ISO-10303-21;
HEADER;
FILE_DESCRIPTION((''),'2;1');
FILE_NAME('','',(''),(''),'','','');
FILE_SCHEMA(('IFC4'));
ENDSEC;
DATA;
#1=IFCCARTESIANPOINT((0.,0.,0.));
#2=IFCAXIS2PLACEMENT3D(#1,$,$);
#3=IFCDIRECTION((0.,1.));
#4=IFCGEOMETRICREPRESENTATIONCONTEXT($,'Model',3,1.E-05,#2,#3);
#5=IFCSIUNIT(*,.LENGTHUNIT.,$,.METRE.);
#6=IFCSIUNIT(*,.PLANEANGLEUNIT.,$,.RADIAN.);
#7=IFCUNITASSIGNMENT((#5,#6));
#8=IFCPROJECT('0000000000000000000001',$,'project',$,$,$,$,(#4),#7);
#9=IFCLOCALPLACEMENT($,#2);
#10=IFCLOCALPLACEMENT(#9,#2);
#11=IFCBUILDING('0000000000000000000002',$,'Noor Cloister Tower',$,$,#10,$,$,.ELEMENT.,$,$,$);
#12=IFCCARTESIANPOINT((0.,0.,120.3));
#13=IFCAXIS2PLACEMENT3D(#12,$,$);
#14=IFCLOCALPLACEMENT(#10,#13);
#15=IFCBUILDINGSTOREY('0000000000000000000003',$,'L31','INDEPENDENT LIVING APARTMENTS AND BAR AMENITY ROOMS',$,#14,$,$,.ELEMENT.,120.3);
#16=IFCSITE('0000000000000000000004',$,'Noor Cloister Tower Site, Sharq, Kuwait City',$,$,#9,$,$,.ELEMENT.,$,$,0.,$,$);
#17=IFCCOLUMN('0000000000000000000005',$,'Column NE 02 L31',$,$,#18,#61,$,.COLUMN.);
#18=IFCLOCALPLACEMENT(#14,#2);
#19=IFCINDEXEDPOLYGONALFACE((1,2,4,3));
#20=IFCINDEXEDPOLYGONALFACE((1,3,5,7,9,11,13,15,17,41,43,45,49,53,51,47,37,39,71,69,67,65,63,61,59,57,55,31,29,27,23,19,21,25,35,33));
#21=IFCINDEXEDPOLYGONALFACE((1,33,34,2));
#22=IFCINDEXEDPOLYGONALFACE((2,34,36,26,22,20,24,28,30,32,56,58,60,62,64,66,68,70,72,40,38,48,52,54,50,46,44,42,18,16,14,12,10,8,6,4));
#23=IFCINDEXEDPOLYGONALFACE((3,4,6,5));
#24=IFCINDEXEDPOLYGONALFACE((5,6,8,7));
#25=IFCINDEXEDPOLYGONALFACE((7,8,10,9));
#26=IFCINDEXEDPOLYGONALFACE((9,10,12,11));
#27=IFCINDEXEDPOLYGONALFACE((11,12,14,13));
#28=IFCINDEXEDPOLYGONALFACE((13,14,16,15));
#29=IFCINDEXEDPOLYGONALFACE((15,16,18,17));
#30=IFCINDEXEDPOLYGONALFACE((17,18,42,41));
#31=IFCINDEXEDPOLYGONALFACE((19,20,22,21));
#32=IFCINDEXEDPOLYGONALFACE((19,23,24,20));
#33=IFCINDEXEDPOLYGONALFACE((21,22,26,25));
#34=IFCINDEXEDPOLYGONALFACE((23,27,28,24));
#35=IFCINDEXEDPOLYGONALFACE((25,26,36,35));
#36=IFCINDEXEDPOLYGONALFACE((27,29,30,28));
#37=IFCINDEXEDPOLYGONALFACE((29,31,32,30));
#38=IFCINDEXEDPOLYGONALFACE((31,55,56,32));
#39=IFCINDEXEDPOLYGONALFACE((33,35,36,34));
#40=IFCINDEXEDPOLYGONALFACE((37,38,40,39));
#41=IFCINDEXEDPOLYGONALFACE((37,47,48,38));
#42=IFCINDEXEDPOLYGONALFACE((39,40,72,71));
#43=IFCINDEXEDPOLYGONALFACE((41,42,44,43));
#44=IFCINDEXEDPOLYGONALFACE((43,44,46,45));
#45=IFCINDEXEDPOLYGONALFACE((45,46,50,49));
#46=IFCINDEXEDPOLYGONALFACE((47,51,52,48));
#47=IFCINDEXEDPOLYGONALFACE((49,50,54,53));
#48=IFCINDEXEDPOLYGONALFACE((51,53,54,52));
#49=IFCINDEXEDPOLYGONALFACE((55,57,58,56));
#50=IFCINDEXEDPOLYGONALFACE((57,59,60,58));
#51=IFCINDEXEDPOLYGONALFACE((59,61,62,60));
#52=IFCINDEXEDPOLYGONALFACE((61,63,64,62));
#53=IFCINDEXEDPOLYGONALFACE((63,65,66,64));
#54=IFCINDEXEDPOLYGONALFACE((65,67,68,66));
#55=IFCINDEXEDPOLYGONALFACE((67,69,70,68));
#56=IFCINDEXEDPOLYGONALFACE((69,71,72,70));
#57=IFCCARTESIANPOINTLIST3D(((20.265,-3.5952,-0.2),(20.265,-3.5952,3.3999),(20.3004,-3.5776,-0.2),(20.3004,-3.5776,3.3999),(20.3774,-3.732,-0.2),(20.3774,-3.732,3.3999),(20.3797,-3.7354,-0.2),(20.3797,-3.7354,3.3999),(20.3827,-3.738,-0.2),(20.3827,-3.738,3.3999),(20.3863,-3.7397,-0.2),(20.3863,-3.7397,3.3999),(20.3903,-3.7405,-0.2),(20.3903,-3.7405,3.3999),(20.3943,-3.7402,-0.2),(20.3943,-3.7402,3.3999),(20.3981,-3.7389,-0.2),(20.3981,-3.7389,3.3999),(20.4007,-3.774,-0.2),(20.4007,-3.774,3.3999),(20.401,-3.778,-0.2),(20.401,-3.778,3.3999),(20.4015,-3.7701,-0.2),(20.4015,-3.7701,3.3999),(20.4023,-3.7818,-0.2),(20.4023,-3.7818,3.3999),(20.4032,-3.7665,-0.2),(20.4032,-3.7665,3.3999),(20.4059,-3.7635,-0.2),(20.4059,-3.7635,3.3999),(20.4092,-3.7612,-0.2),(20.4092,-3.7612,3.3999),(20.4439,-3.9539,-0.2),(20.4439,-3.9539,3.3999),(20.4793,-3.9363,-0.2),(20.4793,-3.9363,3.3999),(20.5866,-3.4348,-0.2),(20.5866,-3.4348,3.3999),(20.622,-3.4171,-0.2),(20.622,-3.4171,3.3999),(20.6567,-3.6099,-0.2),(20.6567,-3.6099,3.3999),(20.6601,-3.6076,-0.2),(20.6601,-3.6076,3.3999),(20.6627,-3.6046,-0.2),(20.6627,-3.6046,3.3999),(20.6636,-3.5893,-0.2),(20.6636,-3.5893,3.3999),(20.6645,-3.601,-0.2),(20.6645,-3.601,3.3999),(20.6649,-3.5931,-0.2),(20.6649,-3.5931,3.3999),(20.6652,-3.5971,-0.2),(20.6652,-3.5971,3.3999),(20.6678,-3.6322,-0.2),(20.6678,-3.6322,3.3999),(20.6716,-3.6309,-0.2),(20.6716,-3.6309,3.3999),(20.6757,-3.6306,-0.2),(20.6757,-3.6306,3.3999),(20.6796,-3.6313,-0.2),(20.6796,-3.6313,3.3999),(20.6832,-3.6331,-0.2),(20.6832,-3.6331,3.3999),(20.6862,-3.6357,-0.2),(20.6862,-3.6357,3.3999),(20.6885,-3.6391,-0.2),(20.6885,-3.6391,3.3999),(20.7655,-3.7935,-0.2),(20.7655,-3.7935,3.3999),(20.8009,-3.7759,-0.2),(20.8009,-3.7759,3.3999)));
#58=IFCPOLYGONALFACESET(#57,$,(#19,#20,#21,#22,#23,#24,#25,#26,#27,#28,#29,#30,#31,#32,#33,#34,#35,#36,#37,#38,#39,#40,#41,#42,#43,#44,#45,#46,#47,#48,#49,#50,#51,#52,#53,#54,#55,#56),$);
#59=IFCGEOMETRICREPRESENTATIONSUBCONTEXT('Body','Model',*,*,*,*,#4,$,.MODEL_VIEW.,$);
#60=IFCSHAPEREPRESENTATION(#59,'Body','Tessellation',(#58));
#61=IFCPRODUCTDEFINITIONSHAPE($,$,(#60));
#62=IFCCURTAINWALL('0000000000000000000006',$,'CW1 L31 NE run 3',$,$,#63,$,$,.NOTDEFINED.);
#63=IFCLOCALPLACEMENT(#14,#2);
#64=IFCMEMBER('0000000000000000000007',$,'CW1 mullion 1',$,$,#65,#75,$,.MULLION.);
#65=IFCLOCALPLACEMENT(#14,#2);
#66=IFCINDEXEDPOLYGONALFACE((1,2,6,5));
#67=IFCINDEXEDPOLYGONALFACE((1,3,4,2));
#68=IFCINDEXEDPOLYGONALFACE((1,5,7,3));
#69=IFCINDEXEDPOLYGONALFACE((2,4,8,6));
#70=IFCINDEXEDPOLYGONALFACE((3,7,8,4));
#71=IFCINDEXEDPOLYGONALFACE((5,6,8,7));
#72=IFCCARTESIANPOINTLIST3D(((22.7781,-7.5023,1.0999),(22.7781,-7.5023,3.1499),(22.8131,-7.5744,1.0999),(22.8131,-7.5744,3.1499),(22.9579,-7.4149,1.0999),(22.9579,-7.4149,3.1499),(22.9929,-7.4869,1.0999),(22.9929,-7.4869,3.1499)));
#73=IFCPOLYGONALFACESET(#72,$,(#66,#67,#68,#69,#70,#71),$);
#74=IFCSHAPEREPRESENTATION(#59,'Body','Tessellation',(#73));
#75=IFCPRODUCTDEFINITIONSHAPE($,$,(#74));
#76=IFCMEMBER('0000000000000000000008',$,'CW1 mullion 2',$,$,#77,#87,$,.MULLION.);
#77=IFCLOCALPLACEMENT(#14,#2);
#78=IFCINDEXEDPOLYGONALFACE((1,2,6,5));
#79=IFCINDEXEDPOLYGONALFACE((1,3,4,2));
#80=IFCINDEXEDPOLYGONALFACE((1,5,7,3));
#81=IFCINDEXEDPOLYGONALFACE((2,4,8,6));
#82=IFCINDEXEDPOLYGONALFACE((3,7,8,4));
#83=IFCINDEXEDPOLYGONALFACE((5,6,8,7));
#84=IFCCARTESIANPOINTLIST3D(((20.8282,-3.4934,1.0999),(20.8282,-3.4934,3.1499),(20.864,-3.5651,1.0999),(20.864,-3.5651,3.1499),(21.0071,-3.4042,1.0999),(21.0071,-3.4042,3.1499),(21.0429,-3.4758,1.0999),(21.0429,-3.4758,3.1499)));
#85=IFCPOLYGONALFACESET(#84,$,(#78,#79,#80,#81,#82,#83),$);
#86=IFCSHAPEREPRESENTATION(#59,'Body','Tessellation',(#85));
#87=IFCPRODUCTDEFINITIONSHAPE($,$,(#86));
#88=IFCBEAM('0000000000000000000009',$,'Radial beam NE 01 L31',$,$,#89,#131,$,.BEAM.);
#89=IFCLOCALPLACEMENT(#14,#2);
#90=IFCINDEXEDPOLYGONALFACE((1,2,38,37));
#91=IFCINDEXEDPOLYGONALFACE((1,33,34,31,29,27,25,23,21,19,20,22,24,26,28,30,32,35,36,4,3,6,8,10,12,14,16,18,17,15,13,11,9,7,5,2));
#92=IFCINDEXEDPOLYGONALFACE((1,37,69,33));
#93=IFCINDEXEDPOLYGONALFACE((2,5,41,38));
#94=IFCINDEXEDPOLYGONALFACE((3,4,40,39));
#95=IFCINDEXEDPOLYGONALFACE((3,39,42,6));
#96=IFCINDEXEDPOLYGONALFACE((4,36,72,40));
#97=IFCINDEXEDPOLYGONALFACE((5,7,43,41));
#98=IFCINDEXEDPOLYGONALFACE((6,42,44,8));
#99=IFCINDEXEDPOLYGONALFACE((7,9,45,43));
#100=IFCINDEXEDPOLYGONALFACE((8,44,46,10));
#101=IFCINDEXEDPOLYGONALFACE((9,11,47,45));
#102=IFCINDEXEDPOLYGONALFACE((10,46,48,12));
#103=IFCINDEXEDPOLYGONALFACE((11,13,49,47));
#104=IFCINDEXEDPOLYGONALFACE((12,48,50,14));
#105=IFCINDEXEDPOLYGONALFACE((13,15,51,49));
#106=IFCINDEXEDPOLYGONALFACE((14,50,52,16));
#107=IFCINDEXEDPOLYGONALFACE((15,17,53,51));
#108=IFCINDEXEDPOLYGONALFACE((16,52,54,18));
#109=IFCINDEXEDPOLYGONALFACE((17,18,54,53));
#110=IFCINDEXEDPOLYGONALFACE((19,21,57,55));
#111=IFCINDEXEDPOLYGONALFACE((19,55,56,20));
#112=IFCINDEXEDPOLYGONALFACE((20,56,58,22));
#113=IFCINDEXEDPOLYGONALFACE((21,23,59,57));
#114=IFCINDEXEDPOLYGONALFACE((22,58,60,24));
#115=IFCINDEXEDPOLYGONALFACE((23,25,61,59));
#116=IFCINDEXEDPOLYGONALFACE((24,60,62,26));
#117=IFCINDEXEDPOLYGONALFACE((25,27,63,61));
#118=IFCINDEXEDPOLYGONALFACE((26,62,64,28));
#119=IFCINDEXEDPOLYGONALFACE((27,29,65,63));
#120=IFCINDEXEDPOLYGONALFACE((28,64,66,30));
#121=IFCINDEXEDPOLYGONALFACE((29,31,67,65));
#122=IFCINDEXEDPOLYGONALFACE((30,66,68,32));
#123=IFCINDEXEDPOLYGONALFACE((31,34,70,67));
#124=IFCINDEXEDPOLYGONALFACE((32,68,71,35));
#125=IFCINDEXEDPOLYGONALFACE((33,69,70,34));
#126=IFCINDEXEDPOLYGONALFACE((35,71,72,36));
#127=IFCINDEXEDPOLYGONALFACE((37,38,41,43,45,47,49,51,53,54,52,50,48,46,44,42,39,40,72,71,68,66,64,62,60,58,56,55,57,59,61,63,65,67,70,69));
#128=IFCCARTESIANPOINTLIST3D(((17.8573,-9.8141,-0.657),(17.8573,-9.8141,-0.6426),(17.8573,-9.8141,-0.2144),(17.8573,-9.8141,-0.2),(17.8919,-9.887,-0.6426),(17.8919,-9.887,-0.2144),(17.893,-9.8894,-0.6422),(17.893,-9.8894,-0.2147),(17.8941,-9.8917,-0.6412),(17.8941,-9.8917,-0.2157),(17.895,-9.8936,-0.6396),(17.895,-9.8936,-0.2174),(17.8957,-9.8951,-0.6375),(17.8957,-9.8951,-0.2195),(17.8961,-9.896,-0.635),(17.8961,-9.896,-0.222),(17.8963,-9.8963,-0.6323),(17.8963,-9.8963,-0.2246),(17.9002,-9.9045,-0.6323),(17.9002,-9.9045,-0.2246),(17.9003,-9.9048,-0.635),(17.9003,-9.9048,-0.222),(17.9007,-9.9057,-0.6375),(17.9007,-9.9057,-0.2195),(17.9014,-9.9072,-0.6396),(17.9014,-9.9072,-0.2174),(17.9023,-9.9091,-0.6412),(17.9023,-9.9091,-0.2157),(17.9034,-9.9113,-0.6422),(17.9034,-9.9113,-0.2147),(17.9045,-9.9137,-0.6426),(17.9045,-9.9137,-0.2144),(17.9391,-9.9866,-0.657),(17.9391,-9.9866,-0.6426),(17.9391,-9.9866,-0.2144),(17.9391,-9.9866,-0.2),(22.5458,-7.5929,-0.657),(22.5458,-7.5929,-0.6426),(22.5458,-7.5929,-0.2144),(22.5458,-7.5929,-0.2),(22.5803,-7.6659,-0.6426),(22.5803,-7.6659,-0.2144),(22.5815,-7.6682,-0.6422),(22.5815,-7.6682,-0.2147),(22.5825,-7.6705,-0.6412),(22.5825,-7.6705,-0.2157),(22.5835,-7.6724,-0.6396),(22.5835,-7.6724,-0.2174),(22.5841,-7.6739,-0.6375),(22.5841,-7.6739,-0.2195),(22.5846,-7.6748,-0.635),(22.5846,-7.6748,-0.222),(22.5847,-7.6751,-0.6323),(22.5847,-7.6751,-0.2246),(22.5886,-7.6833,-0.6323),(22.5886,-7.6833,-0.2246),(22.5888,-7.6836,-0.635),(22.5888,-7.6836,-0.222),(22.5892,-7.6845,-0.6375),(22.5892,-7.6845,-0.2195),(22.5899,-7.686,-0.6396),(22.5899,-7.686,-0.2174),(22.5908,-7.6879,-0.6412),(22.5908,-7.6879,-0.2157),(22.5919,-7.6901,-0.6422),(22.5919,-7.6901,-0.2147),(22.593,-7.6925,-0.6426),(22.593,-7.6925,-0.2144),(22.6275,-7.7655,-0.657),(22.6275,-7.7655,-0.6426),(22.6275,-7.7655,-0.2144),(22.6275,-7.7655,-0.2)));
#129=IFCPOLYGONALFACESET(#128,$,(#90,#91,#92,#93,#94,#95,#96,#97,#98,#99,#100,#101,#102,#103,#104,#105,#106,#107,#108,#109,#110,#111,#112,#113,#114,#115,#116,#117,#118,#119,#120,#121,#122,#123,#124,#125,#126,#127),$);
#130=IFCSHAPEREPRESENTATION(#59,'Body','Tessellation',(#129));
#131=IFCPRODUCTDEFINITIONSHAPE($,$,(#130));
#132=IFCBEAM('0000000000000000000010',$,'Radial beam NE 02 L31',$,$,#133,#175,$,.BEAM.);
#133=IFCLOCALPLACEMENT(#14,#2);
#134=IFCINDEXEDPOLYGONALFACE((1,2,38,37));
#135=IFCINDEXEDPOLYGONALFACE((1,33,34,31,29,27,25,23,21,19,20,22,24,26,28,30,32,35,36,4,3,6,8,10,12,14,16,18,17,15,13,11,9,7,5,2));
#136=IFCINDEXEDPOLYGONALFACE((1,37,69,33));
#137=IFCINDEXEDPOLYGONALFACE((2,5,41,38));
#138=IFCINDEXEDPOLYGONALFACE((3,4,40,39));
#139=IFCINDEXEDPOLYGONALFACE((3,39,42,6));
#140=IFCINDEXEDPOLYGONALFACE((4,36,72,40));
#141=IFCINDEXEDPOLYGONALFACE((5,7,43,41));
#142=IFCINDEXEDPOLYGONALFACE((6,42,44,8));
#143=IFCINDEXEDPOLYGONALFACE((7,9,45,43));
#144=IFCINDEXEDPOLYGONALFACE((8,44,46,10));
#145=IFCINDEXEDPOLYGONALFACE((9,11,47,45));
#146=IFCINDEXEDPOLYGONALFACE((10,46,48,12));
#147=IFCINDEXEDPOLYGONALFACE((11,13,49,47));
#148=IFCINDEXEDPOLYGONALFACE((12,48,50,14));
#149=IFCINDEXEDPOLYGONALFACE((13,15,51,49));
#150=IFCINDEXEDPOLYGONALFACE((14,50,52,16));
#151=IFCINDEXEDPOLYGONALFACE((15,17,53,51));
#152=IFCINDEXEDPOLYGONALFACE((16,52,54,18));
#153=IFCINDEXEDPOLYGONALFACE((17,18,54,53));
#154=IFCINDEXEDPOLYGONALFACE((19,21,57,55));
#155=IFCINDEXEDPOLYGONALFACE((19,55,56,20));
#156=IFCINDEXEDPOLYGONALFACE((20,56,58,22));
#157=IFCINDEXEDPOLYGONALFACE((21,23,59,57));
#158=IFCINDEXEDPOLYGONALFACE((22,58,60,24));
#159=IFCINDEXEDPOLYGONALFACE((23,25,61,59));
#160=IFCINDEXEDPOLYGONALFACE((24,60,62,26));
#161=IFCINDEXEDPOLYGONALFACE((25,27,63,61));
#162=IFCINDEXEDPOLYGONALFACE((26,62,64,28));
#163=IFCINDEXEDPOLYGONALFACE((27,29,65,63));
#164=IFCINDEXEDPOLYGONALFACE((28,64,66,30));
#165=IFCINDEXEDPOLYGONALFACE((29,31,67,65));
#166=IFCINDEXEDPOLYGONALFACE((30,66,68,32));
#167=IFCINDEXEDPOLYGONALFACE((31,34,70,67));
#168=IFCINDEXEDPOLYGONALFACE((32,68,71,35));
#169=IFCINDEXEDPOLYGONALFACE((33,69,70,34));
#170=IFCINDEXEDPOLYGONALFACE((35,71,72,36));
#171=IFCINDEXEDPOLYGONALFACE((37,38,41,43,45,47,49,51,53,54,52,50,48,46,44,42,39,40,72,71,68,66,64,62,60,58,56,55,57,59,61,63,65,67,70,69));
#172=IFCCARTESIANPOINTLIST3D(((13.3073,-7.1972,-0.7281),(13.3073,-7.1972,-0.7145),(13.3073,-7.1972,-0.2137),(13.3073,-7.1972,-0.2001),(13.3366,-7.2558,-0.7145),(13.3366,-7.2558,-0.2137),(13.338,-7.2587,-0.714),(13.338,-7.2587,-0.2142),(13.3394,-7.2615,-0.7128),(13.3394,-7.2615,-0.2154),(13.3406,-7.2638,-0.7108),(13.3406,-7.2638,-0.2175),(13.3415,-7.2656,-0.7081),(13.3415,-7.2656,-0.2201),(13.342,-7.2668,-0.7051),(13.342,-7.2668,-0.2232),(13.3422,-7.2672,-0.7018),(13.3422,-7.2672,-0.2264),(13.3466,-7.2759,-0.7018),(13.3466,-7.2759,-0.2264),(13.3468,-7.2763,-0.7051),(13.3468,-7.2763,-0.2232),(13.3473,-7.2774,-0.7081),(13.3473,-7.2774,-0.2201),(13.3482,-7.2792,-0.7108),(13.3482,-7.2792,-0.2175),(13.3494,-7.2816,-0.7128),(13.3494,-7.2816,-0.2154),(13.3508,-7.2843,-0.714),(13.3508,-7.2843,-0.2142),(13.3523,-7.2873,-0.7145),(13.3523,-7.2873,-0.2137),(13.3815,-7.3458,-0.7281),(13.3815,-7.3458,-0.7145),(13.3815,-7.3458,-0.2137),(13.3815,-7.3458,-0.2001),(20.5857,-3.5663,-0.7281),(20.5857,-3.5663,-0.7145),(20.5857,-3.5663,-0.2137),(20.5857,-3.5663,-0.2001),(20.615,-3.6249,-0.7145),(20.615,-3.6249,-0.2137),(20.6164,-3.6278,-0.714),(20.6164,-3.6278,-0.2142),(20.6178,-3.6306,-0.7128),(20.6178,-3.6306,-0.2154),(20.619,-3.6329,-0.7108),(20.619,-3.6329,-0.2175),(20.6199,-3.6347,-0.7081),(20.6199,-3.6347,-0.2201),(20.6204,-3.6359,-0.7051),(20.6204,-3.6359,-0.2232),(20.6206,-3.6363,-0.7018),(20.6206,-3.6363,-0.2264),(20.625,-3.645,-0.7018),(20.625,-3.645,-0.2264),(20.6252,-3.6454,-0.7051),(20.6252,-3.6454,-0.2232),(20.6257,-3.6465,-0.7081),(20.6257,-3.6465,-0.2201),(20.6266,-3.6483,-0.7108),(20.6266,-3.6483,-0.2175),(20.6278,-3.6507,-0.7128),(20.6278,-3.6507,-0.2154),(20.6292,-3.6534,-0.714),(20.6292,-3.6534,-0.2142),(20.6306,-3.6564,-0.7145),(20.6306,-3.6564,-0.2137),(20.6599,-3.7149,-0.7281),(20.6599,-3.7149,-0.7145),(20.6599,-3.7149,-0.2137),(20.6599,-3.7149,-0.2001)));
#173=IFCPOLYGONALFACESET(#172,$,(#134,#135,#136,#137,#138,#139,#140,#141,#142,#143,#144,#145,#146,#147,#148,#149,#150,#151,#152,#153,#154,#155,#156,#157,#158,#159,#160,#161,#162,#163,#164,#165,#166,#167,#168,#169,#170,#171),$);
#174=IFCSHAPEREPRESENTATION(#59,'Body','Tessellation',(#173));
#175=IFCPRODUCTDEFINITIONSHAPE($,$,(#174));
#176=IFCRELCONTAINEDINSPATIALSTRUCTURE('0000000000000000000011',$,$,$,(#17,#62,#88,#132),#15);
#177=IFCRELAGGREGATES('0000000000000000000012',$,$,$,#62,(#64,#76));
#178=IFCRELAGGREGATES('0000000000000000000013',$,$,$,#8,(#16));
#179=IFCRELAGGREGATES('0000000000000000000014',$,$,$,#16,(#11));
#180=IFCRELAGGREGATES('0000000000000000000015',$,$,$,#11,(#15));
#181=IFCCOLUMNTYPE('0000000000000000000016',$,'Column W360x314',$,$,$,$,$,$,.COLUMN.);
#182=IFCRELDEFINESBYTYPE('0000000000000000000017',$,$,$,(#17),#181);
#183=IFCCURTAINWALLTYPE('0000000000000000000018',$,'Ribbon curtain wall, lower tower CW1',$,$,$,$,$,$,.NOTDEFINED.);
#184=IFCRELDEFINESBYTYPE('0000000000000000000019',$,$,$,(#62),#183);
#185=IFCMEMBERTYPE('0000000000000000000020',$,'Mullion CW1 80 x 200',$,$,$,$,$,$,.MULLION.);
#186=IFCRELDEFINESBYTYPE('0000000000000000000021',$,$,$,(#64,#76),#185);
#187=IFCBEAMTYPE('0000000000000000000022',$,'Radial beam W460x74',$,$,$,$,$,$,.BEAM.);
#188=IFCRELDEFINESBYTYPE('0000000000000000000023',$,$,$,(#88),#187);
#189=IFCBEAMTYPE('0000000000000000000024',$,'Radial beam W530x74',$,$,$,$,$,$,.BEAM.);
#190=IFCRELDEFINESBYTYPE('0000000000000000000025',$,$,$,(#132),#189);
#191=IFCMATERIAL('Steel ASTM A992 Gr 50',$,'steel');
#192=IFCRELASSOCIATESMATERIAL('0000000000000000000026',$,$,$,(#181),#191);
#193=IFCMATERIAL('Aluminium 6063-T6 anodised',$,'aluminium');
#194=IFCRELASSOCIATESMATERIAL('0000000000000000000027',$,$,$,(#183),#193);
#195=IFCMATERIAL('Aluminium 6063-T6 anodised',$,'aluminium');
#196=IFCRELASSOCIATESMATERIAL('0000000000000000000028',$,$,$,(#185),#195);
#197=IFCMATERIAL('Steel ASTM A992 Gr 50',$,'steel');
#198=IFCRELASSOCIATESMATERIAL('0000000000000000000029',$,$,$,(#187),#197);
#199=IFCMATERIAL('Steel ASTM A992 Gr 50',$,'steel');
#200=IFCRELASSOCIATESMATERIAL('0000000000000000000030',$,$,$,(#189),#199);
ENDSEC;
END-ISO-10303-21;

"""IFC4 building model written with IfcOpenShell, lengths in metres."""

from ifc_helpers import new_model, si_unit, direction, frame, origin, origin_2d, place, context, subcontext, project, spatial, rectangle, i_section, extrude, material, material_profile, profile_set, type_object, element, aggregate, save


model = new_model("IFC4")

# Units and contexts
model_context = context("Model", 3, precision=1e-05, world=origin(), true_north=direction((0.0, 1.0)))
body_context = subcontext(model_context, "Body", "Model", "MODEL_VIEW")
ifc_project = project(units=[si_unit("LENGTHUNIT", "METRE"), si_unit("PLANEANGLEUNIT", "RADIAN")], contexts=[model_context])

# Site, building, storey
site_placement = place(None, origin())
site = spatial("IfcSite", under=ifc_project, at=site_placement, Name="Noor Cloister Tower Site, Sharq, Kuwait City", CompositionType="ELEMENT", RefElevation=0.0)
building_placement = place(site_placement, origin())
building = spatial("IfcBuilding", under=site, at=building_placement, Name="Noor Cloister Tower", CompositionType="ELEMENT")
storey_placement = place(building_placement, frame((0.0, 0.0, 120.3)))
storey = spatial("IfcBuildingStorey", under=building, at=storey_placement, Name="L31", Description="INDEPENDENT LIVING APARTMENTS AND BAR AMENITY ROOMS", CompositionType="ELEMENT", Elevation=120.3)

# Column
ifc_material_1 = material(Name="Steel ASTM A992 Gr 50", Category="steel")
ifc_material_profile_1 = material_profile(ifc_material_1, i_section(OverallWidth=0.4009, OverallDepth=0.3989, WebThickness=0.0249, FlangeThickness=0.0396, FilletRadius=0.0154, at=origin_2d()), Name="W360x314")
ifc_profile_set_1 = profile_set([ifc_material_profile_1], Name="Steel ASTM A992 Gr 50")
column_type = type_object("IfcColumnType", Name="Column W360x314", PredefinedType="COLUMN", material=ifc_profile_set_1)
column_placement = place(storey_placement, frame((20.533, -3.6855, -0.2), z_axis=(0.0, 0.0, 1.0), x_axis=(-0.446379, 0.894844, 0.0)))
element("IfcColumn", 1, at=column_placement, inside=storey, type_object=column_type, Name="Column NE 02 L31", PredefinedType="COLUMN", context=body_context, shape_type="SweptSolid", body=[
    extrude(i_section(OverallWidth=0.4009, OverallDepth=0.3989, WebThickness=0.0249, FlangeThickness=0.0396, FilletRadius=0.0154, at=origin_2d()), origin(), (0.0, 0.0, 1.0), 3.5999),
])

# Curtain wall, members
ifc_material_2 = material(Name="Aluminium 6063-T6 anodised", Category="aluminium")
curtain_wall_type = type_object("IfcCurtainWallType", Name="Ribbon curtain wall, lower tower CW1", PredefinedType="NOTDEFINED", material=ifc_material_2)
curtain_wall_placement = place(storey_placement, origin())
curtain_wall = element("IfcCurtainWall", 2, at=curtain_wall_placement, inside=storey, type_object=curtain_wall_type, Name="CW1 L31 NE run 3", PredefinedType="NOTDEFINED")
ifc_material_3 = material(Name="Aluminium 6063-T6 anodised", Category="aluminium")
ifc_material_profile_2 = material_profile(ifc_material_3, rectangle(XDim=0.2, YDim=0.0801, at=origin_2d()), Name="200 x 80 mullion")
ifc_profile_set_2 = profile_set([ifc_material_profile_2], Name="Aluminium 6063-T6 anodised")
member_type = type_object("IfcMemberType", Name="Mullion CW1 80 x 200", PredefinedType="MULLION", material=ifc_profile_set_2)
member_1_placement = place(storey_placement, frame((22.8855, -7.4946, 1.0999), z_axis=(0.0, 0.0, 1.0), x_axis=(-0.899328, -0.437276, 0.0)))
member_1 = element("IfcMember", 3, at=member_1_placement, type_object=member_type, Name="CW1 mullion 1", PredefinedType="MULLION", context=body_context, shape_type="SweptSolid", body=[
    extrude(rectangle(XDim=0.2, YDim=0.0801, at=origin_2d()), origin(), (0.0, 0.0, 1.0), 2.05),
])
member_2_placement = place(storey_placement, frame((20.9355, -3.4846, 1.0999), z_axis=(0.0, 0.0, 1.0), x_axis=(-0.894844, -0.446379, 0.0)))
member_2 = element("IfcMember", 4, at=member_2_placement, type_object=member_type, Name="CW1 mullion 2", PredefinedType="MULLION", context=body_context, shape_type="SweptSolid", body=[
    extrude(rectangle(XDim=0.2, YDim=0.0801, at=origin_2d()), origin(), (0.0, 0.0, 1.0), 2.05),
])

# Beams
ifc_material_4 = material(Name="Steel ASTM A992 Gr 50", Category="steel")
ifc_material_profile_3 = material_profile(ifc_material_4, i_section(OverallWidth=0.1909, OverallDepth=0.457, WebThickness=0.009, FlangeThickness=0.0144, FilletRadius=0.0103, at=origin_2d()), Name="W460x74")
ifc_profile_set_3 = profile_set([ifc_material_profile_3], Name="Steel ASTM A992 Gr 50")
beam_type_1 = type_object("IfcBeamType", Name="Radial beam W460x74", PredefinedType="BEAM", material=ifc_profile_set_3)
beam_1_placement = place(storey_placement, frame((22.5867, -7.6792, -0.4285), z_axis=(-0.903713, -0.428139, 0.0), x_axis=(0.428139, -0.903713, 0.0)))
element("IfcBeam", 5, at=beam_1_placement, inside=storey, type_object=beam_type_1, Name="Radial beam NE 01 L31", PredefinedType="BEAM", context=body_context, shape_type="SweptSolid", body=[
    extrude(i_section(OverallWidth=0.1909, OverallDepth=0.457, WebThickness=0.009, FlangeThickness=0.0144, FilletRadius=0.0103, at=origin_2d()), origin(), (0.0, 0.0, 1.0), 5.188),
])
ifc_material_5 = material(Name="Steel ASTM A992 Gr 50", Category="steel")
ifc_material_profile_4 = material_profile(ifc_material_5, i_section(OverallWidth=0.166, OverallDepth=0.5281, WebThickness=0.0098, FlangeThickness=0.0137, FilletRadius=0.0127, at=origin_2d()), Name="W530x74")
ifc_profile_set_4 = profile_set([ifc_material_profile_4], Name="Steel ASTM A992 Gr 50")
beam_type_2 = type_object("IfcBeamType", Name="Radial beam W530x74", PredefinedType="BEAM", material=ifc_profile_set_4)
beam_2_placement = place(storey_placement, frame((20.6228, -3.6406, -0.4641), z_axis=(-0.894835, -0.446397, 0.0), x_axis=(0.446397, -0.894835, 0.0)))
element("IfcBeam", 6, at=beam_2_placement, inside=storey, type_object=beam_type_2, Name="Radial beam NE 02 L31", PredefinedType="BEAM", context=body_context, shape_type="SweptSolid", body=[
    extrude(i_section(OverallWidth=0.166, OverallDepth=0.5281, WebThickness=0.0098, FlangeThickness=0.0137, FilletRadius=0.0127, at=origin_2d()), origin(), (0.0, 0.0, 1.0), 8.1338),
])

aggregate(curtain_wall, [member_1, member_2])

save(model, "model.ifc")
